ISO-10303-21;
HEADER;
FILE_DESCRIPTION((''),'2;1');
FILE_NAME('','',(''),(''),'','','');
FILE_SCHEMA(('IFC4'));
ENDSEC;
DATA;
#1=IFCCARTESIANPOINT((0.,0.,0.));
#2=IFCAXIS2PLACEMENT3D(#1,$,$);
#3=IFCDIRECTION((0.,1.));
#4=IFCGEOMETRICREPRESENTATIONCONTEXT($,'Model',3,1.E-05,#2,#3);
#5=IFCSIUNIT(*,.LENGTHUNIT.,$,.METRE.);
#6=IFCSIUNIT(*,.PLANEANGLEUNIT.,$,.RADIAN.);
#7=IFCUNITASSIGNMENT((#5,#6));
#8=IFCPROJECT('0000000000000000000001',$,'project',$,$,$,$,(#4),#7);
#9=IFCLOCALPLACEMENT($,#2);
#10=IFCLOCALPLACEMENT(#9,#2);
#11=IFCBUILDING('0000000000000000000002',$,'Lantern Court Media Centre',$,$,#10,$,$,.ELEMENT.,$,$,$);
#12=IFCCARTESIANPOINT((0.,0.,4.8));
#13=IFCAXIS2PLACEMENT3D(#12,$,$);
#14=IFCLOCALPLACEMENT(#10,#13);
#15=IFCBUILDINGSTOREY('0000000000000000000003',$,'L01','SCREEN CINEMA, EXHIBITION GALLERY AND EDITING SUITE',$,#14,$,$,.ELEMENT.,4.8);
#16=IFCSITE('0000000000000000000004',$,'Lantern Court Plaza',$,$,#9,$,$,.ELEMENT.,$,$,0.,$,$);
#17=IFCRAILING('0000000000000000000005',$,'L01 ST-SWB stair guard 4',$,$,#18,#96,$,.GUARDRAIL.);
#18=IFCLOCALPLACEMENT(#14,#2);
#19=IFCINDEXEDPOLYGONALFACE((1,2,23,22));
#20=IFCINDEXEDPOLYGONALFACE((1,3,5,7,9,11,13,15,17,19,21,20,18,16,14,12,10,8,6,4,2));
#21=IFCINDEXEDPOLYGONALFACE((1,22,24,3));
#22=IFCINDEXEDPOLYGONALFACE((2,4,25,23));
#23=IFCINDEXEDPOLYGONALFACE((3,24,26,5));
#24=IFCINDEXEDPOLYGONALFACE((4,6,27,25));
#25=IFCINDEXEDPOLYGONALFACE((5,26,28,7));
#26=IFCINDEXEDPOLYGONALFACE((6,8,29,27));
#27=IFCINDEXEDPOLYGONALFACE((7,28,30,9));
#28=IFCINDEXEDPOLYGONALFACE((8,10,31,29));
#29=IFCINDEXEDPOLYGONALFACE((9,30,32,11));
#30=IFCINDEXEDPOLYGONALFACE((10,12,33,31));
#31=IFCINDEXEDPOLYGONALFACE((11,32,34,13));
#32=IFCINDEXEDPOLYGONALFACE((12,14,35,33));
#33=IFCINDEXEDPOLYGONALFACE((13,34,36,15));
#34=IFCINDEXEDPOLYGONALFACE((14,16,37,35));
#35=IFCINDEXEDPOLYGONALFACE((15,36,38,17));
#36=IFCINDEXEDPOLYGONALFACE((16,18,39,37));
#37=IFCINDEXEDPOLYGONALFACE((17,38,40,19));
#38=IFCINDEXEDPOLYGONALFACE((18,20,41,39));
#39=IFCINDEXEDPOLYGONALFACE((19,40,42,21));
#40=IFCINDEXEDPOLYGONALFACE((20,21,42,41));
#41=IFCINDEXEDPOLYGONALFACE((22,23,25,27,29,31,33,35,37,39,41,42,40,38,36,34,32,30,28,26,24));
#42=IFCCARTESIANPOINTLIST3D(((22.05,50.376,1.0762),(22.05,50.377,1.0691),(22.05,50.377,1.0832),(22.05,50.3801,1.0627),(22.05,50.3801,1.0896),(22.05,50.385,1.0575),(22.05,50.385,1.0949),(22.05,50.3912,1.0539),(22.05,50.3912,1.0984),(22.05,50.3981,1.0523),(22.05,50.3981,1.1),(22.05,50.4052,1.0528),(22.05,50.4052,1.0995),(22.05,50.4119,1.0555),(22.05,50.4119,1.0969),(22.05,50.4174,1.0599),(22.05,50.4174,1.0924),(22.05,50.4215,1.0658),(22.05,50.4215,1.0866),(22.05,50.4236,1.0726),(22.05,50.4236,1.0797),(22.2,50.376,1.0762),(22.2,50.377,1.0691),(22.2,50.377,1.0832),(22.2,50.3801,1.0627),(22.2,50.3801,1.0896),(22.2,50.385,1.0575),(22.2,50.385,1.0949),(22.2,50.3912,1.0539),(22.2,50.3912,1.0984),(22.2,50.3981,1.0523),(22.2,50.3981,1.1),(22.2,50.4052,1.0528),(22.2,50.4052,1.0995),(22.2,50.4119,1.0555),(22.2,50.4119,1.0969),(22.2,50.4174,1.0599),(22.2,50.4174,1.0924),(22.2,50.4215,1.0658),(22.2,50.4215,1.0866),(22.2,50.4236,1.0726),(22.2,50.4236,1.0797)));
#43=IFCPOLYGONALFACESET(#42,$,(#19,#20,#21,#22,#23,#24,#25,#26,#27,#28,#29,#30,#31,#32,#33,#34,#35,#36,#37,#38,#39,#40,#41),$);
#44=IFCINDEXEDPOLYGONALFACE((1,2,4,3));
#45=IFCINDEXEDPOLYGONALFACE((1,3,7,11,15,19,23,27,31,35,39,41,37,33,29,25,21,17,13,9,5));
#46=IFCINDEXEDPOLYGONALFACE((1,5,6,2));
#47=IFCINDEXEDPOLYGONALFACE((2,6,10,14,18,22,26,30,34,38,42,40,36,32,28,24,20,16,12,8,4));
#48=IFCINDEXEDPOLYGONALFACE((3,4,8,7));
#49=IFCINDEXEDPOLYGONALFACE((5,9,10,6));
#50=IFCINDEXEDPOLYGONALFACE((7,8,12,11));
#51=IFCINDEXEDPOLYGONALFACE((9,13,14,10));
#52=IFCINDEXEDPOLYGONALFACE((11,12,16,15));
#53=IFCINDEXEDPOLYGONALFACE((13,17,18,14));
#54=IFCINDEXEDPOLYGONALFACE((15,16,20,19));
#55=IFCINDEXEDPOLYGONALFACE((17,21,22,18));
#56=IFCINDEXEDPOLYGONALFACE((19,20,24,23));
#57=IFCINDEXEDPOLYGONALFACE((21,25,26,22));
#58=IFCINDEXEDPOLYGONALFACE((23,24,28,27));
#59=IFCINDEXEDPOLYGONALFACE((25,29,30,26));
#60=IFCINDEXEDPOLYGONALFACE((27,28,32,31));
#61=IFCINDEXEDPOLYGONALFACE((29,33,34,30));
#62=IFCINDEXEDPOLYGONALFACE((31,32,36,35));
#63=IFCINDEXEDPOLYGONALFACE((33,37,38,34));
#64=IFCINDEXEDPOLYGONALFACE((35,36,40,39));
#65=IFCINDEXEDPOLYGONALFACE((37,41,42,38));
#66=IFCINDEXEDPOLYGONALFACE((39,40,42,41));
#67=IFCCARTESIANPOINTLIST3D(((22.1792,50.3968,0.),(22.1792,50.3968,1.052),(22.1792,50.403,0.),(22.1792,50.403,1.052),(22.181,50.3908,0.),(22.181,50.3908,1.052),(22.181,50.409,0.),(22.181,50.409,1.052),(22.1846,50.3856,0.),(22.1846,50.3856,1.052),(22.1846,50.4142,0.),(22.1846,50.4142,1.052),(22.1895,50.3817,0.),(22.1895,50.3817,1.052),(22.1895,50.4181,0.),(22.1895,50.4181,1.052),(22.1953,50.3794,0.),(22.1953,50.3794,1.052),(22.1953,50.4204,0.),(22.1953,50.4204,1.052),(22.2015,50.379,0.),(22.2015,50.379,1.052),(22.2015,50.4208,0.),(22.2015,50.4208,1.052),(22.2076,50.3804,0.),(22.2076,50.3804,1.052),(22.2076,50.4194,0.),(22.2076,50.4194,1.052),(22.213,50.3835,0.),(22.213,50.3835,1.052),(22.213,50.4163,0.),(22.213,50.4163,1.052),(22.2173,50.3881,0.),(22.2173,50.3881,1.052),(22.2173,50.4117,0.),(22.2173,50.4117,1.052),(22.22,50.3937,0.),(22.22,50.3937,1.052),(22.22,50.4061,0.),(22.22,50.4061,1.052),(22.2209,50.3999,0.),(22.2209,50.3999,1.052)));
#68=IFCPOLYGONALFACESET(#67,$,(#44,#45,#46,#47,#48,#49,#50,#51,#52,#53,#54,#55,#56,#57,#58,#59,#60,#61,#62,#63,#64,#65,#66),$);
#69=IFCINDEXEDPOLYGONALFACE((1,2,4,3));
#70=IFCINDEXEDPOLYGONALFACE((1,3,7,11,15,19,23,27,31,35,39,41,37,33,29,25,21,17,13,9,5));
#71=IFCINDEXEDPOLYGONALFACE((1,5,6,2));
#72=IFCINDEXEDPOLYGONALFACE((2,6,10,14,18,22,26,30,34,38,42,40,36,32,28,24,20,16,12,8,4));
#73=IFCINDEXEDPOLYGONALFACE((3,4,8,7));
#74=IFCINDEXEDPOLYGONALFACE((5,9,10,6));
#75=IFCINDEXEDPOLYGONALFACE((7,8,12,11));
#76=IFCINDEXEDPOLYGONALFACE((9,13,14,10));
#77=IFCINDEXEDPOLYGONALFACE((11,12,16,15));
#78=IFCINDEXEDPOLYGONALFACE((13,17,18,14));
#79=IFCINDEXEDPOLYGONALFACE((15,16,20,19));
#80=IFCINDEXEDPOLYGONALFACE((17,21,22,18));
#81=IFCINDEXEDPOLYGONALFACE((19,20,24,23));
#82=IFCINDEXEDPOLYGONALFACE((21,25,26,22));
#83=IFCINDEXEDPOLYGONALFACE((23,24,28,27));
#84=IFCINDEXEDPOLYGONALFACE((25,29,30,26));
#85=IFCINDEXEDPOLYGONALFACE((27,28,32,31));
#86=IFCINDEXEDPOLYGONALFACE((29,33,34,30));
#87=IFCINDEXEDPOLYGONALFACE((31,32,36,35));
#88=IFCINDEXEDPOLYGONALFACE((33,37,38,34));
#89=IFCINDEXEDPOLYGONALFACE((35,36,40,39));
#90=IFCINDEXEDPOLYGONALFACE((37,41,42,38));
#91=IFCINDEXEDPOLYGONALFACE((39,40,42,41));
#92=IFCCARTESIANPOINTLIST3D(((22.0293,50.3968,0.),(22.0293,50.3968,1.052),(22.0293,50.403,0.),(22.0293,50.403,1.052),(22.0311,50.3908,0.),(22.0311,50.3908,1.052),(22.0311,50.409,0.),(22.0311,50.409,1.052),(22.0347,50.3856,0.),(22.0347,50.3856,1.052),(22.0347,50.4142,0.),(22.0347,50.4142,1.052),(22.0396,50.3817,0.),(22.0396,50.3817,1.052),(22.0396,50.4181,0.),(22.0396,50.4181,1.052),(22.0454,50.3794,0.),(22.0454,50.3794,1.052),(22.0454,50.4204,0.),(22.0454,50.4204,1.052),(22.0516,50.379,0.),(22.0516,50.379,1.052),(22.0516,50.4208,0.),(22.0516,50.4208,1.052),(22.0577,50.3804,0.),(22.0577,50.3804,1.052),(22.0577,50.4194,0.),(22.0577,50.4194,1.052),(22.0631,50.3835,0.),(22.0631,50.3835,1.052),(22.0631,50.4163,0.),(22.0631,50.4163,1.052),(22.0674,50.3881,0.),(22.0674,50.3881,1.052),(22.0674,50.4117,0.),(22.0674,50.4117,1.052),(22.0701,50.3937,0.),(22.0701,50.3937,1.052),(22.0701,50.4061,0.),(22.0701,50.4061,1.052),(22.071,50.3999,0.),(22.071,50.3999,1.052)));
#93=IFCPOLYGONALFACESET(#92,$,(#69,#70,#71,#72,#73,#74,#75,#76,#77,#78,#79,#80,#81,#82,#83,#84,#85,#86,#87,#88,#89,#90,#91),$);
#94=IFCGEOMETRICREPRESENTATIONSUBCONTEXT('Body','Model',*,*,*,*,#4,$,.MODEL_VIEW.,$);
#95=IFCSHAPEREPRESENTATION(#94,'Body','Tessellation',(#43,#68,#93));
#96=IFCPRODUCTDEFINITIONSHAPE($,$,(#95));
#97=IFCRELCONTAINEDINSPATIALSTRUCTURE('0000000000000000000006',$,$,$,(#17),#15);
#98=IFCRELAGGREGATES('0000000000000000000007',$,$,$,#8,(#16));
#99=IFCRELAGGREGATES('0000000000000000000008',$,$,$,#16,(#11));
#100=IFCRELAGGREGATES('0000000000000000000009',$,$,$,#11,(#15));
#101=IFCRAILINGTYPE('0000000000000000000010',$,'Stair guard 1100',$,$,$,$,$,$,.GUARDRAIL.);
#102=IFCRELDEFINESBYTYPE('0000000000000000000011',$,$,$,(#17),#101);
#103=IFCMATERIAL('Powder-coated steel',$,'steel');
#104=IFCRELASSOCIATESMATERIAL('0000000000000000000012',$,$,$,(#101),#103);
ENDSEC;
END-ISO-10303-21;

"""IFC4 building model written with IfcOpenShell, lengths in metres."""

from ifc_helpers import new_model, si_unit, direction, frame, origin, origin_2d, place, context, subcontext, project, spatial, circle, extrude, material, type_object, element, save


model = new_model("IFC4")

# Units and contexts
model_context = context("Model", 3, precision=1e-05, world=origin(), true_north=direction((0.0, 1.0)))
body_context = subcontext(model_context, "Body", "Model", "MODEL_VIEW")
ifc_project = project(units=[si_unit("LENGTHUNIT", "METRE"), si_unit("PLANEANGLEUNIT", "RADIAN")], contexts=[model_context])

# Site, building, storey
site_placement = place(None, origin())
site = spatial("IfcSite", under=ifc_project, at=site_placement, Name="Lantern Court Plaza", CompositionType="ELEMENT", RefElevation=0.0)
building_placement = place(site_placement, origin())
building = spatial("IfcBuilding", under=site, at=building_placement, Name="Lantern Court Media Centre", CompositionType="ELEMENT")
storey_placement = place(building_placement, frame((0.0, 0.0, 4.8)))
storey = spatial("IfcBuildingStorey", under=building, at=storey_placement, Name="L01", Description="SCREEN CINEMA, EXHIBITION GALLERY AND EDITING SUITE", CompositionType="ELEMENT", Elevation=4.8)

# Railing
ifc_material_1 = material(Name="Powder-coated steel", Category="steel")
railing_type_1 = type_object("IfcRailingType", Name="Stair guard 1100", PredefinedType="GUARDRAIL", material=ifc_material_1)
railing_1_placement = place(storey_placement, frame((22.2, 50.3999, 0.0)))
element("IfcRailing", 1, at=railing_1_placement, inside=storey, type_object=railing_type_1, Name="L01 ST-SWB stair guard 4", PredefinedType="GUARDRAIL", context=body_context, shape_type="SweptSolid", body=[
    extrude(circle(Radius=0.0239, at=origin_2d()), frame((0.0, 0.0, 1.0762), z_axis=(-1.0, 0.0, 0.0), x_axis=(0.0, -1.0, 0.0)), (0.0, 0.0, 1.0), 0.1499),
    extrude(circle(Radius=0.021, at=origin_2d()), origin(), (0.0, 0.0, 1.0), 1.052),
    extrude(circle(Radius=0.021, at=origin_2d()), frame((-0.1499, 0.0, 0.0)), (0.0, 0.0, 1.0), 1.052),
])

save(model, "model.ifc")
